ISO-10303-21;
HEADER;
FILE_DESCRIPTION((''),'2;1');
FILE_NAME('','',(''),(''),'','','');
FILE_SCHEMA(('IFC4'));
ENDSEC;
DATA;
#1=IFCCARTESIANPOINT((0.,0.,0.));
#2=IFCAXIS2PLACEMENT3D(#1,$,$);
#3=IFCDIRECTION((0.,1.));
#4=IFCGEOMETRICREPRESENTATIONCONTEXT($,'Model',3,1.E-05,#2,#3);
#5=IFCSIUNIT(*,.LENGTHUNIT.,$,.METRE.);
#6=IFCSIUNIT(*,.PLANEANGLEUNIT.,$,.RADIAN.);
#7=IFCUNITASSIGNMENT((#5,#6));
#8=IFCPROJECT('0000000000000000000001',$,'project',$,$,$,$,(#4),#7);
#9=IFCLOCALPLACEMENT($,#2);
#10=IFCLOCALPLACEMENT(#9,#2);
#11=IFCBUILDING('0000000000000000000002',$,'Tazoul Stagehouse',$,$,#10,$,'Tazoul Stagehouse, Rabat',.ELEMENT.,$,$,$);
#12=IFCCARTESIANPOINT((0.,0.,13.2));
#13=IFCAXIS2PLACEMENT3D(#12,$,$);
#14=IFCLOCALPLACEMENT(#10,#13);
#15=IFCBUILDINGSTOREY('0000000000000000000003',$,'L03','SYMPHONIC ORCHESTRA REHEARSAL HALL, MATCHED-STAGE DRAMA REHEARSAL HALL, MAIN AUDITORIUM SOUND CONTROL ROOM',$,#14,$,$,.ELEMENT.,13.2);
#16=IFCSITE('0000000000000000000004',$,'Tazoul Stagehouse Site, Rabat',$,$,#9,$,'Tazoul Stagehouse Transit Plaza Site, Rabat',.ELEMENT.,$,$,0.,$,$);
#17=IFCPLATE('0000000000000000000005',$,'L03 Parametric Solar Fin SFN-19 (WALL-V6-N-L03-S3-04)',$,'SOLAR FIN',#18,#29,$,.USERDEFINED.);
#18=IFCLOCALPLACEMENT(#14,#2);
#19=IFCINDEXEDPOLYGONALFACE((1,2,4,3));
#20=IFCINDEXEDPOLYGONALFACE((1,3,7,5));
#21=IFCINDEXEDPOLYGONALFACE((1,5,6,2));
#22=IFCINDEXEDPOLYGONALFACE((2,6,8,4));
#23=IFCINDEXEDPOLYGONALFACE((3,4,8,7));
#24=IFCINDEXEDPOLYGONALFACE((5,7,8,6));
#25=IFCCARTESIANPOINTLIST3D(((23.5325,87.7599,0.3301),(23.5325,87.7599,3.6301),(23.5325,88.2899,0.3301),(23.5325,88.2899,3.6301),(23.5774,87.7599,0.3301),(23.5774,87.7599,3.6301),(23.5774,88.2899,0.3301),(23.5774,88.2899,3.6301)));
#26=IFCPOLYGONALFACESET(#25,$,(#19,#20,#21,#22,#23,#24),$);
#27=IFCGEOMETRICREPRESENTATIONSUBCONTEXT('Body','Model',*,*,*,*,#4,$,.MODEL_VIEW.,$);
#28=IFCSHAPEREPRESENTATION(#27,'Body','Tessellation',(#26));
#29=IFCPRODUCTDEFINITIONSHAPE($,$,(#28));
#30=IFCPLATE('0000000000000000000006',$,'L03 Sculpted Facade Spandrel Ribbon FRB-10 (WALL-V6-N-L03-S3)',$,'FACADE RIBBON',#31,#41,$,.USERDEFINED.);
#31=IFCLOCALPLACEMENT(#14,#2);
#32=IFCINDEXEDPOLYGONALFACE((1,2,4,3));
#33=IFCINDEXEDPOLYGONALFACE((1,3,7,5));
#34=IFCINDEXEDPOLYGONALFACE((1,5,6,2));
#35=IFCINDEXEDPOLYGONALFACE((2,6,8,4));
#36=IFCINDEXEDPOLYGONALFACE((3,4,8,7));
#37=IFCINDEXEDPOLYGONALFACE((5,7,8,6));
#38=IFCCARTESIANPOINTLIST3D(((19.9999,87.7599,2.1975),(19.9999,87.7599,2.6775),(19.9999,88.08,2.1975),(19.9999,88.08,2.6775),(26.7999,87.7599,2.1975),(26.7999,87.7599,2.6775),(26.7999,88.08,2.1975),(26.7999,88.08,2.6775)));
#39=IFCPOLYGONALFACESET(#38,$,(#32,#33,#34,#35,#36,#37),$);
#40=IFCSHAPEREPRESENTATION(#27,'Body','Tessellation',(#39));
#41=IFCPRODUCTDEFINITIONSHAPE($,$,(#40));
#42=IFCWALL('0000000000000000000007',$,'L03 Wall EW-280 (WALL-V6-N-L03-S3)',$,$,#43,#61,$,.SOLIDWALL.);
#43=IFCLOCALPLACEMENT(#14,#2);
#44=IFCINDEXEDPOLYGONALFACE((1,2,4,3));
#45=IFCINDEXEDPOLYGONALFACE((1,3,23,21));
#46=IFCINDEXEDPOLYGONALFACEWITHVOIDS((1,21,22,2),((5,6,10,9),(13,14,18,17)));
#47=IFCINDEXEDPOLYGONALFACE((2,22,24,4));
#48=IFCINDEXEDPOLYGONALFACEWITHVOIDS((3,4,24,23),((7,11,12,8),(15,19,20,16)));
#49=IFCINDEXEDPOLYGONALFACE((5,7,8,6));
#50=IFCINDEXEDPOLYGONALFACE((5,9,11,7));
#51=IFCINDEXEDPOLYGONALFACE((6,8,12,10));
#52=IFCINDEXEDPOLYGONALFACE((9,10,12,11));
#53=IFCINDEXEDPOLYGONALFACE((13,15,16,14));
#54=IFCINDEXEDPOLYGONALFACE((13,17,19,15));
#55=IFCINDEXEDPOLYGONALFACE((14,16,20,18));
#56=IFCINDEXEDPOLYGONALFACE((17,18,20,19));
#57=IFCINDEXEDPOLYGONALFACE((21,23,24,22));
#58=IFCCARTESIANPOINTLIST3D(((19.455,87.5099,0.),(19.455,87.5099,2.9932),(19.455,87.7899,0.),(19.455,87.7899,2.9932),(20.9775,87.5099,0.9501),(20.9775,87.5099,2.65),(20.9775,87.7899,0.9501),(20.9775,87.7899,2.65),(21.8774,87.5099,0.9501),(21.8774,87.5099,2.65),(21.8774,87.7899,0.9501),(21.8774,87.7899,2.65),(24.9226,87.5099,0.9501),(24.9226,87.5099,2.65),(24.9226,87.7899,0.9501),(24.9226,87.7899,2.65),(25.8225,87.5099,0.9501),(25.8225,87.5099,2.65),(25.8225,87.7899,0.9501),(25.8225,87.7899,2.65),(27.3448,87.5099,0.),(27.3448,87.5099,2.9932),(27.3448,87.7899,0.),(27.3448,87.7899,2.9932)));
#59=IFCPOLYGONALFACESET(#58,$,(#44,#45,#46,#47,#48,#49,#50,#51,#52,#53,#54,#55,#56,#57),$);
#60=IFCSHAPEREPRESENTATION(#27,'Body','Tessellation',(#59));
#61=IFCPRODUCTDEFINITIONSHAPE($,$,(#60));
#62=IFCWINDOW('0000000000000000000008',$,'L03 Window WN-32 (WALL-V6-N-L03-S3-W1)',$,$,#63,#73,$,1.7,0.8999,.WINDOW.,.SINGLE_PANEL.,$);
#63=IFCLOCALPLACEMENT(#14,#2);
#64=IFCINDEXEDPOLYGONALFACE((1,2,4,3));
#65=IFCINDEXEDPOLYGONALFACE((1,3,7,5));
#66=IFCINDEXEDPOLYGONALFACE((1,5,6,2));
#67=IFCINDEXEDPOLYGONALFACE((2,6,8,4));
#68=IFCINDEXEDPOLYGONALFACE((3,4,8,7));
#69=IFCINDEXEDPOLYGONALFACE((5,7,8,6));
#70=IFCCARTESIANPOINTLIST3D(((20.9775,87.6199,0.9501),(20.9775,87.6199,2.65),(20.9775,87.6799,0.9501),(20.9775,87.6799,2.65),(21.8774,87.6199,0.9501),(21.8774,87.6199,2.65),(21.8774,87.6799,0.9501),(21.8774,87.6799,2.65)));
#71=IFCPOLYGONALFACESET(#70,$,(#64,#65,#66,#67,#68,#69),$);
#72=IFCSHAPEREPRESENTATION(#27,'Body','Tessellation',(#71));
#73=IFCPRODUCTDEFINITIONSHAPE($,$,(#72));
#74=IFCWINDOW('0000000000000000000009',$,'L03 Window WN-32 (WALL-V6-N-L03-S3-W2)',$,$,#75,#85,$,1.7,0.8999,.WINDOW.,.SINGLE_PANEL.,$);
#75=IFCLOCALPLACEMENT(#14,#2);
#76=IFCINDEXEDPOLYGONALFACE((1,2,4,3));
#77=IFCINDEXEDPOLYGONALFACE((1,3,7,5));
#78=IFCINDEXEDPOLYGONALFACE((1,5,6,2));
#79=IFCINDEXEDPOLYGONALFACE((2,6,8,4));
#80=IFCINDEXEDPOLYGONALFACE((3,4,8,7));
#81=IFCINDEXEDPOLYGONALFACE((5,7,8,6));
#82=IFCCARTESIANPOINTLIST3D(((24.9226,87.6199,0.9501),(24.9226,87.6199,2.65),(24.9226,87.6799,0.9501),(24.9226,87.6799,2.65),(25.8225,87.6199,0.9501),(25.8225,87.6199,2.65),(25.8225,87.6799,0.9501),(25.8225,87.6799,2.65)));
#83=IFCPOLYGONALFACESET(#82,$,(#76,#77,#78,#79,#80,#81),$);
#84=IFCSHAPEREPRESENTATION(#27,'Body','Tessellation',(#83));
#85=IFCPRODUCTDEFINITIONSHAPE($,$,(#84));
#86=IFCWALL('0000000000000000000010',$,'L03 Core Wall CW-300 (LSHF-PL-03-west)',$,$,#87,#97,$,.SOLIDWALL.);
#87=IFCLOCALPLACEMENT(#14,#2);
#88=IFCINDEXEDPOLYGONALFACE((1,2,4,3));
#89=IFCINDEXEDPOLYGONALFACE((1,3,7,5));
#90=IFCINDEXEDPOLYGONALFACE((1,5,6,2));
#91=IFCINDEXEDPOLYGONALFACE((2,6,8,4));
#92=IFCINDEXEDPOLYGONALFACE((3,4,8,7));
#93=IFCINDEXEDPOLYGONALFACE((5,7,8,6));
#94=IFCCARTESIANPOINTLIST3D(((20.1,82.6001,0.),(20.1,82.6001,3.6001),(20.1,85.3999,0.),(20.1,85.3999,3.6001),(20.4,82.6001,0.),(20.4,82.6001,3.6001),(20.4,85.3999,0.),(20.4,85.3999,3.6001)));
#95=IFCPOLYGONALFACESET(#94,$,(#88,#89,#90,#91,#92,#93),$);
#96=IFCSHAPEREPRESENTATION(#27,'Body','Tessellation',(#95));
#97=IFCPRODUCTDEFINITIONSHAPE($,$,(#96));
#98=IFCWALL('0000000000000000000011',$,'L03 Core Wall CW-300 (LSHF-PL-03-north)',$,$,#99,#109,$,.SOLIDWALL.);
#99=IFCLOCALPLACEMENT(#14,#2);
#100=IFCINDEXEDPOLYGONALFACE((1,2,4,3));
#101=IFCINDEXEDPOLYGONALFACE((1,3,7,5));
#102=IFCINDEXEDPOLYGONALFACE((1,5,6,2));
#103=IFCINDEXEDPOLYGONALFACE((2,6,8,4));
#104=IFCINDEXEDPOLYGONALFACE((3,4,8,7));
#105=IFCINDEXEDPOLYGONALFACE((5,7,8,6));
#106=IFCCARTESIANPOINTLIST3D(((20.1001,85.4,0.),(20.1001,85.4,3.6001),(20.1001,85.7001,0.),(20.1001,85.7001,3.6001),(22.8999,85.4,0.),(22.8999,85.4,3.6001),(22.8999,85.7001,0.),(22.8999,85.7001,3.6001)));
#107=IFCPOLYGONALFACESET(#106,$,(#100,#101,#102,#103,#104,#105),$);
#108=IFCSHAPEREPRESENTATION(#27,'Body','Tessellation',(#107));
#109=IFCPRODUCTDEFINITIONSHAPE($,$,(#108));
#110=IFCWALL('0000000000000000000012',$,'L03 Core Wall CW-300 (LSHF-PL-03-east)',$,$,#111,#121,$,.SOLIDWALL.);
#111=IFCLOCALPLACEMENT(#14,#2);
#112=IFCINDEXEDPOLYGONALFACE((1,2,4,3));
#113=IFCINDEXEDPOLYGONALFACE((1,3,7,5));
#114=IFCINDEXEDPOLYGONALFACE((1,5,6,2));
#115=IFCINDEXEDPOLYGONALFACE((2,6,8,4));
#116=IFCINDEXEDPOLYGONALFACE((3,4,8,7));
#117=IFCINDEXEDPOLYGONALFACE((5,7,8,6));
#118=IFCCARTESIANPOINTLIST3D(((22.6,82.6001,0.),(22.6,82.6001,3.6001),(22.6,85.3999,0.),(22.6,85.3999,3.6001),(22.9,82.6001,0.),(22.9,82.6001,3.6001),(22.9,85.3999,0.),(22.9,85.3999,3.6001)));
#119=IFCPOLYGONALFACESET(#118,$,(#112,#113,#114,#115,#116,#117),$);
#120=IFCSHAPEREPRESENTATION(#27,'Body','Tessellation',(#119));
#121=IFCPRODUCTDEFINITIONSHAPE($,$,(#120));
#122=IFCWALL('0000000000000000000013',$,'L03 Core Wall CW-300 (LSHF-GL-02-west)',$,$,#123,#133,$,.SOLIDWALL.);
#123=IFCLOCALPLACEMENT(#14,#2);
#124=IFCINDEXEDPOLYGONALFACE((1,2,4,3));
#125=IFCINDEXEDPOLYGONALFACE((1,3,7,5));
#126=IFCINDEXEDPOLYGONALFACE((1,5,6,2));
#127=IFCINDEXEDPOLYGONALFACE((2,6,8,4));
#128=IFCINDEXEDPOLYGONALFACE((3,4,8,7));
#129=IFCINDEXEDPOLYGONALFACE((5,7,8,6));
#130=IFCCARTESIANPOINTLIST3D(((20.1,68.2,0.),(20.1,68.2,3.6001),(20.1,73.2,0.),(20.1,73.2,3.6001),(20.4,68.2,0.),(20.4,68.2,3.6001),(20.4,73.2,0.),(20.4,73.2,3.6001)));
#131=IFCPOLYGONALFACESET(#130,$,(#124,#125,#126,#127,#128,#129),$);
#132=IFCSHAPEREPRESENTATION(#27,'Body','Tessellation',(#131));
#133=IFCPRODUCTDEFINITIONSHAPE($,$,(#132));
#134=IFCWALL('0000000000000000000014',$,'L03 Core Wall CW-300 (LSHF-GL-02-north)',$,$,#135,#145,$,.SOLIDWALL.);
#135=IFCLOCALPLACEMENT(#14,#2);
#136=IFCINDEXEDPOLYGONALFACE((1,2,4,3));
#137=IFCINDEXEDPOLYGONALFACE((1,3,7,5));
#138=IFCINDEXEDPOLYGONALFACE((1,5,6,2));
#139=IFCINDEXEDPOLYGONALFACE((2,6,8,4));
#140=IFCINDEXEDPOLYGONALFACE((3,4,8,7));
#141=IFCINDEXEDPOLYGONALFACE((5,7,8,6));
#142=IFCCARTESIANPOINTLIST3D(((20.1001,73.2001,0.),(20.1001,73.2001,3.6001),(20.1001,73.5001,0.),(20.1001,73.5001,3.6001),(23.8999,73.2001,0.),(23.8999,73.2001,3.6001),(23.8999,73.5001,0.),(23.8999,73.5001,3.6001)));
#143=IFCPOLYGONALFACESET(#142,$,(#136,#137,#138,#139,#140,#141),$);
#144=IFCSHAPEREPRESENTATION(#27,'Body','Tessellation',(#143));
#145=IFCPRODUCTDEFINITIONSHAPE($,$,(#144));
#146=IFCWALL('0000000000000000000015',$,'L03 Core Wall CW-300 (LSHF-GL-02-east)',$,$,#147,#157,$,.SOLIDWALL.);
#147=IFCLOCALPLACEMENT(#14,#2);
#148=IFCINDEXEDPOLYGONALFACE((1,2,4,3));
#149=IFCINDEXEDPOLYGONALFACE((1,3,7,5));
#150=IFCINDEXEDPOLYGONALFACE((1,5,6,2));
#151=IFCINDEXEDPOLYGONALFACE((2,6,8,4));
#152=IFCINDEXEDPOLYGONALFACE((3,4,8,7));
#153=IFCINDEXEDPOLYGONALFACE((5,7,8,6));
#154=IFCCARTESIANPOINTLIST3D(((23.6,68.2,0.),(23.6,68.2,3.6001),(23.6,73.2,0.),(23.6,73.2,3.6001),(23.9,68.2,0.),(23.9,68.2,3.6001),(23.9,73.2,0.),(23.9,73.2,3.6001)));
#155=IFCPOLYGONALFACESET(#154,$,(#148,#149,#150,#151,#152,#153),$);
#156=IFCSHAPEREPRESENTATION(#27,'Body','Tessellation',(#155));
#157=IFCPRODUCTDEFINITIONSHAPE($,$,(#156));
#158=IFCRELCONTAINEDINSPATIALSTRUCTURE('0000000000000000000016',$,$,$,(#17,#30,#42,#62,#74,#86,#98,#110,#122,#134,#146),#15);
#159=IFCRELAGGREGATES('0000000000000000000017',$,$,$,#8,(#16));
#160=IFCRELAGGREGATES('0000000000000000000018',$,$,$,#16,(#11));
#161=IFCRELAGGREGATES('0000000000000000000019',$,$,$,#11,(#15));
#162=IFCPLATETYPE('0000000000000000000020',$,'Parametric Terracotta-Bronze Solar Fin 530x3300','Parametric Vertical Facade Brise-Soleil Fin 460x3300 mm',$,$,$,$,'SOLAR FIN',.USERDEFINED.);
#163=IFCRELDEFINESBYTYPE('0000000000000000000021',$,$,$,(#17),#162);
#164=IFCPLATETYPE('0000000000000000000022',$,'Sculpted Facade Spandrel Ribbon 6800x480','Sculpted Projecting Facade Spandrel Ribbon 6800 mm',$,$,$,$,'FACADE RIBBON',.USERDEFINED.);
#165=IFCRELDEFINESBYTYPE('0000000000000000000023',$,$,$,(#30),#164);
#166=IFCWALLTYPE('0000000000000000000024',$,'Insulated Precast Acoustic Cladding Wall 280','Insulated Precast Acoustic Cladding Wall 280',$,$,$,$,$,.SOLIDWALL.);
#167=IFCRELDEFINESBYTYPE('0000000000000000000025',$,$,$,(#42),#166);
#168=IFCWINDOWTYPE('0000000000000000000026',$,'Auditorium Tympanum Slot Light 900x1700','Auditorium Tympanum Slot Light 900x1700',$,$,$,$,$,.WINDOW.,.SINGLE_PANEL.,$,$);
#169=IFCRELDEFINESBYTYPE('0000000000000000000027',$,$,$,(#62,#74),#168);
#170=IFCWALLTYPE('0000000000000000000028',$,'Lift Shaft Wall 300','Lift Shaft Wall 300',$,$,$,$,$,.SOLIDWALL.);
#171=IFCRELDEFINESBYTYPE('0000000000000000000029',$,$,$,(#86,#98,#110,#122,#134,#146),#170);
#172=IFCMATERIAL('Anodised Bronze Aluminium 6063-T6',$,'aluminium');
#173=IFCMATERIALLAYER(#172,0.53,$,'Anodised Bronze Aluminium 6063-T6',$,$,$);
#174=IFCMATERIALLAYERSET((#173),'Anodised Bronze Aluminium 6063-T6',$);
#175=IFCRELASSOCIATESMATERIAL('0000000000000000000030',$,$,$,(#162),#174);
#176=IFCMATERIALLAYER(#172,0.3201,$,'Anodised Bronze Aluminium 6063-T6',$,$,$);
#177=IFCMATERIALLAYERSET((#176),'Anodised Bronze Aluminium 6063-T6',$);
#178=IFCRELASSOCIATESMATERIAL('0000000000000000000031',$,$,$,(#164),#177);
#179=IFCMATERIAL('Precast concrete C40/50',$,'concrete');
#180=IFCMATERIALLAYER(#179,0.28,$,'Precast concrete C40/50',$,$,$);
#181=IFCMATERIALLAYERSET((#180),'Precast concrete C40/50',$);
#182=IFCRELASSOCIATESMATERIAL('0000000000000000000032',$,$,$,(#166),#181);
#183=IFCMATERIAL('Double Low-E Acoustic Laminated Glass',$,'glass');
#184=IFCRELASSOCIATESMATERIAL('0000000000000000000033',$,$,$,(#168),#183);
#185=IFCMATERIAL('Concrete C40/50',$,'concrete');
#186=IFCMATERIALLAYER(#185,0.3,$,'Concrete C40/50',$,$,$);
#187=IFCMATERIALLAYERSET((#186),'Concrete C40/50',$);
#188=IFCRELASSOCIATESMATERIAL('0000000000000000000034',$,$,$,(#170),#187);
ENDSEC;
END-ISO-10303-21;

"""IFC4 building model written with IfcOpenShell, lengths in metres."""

from ifc_helpers import new_model, si_unit, direction, frame, frame_2d, origin, origin_2d, place, context, subcontext, project, spatial, rectangle, extrude, material, layer, layer_set, type_object, element, fill, save


model = new_model("IFC4")

# Units and contexts
model_context = context("Model", 3, precision=1e-05, world=origin(), true_north=direction((0.0, 1.0)))
body_context = subcontext(model_context, "Body", "Model", "MODEL_VIEW")
ifc_project = project(units=[si_unit("LENGTHUNIT", "METRE"), si_unit("PLANEANGLEUNIT", "RADIAN")], contexts=[model_context])

# Site, building, storey
site_placement = place(None, origin())
site = spatial("IfcSite", under=ifc_project, at=site_placement, Name="Tazoul Stagehouse Site, Rabat", LongName="Tazoul Stagehouse Transit Plaza Site, Rabat", CompositionType="ELEMENT", RefElevation=0.0)
building_placement = place(site_placement, origin())
building = spatial("IfcBuilding", under=site, at=building_placement, Name="Tazoul Stagehouse", LongName="Tazoul Stagehouse, Rabat", CompositionType="ELEMENT")
storey_placement = place(building_placement, frame((0.0, 0.0, 13.2)))
storey = spatial("IfcBuildingStorey", under=building, at=storey_placement, Name="L03", Description="SYMPHONIC ORCHESTRA REHEARSAL HALL, MATCHED-STAGE DRAMA REHEARSAL HALL, MAIN AUDITORIUM SOUND CONTROL ROOM", CompositionType="ELEMENT", Elevation=13.2)

# Shared definitions
ifc_material_1 = material(Name="Concrete C40/50", Category="concrete")

# Plates
ifc_material_2 = material(Name="Anodised Bronze Aluminium 6063-T6", Category="aluminium")
ifc_layer_1 = layer(ifc_material_2, 0.53, Name="Anodised Bronze Aluminium 6063-T6")
ifc_layer_set_1 = layer_set([ifc_layer_1], Name="Anodised Bronze Aluminium 6063-T6")
plate_type_1 = type_object("IfcPlateType", Name="Parametric Terracotta-Bronze Solar Fin 530x3300", Description="Parametric Vertical Facade Brise-Soleil Fin 460x3300 mm", ElementType="SOLAR FIN", PredefinedType="USERDEFINED", material=ifc_layer_set_1)
for number, where, z_axis, x_axis, name in (
    (1, (23.5549, 88.0249, 0.3301), (0.0, 0.0, 1.0), (1.0, 0.0, 0.0), "L03 Parametric Solar Fin SFN-19 (WALL-V6-N-L03-S3-04)"),
):
    element("IfcPlate", number, at=place(storey_placement, frame(where, z_axis=z_axis, x_axis=x_axis)), inside=storey, type_object=plate_type_1, Name=name, ObjectType="SOLAR FIN", PredefinedType="USERDEFINED", context=body_context, shape_type="SweptSolid", body=[
        extrude(rectangle(XDim=0.0449, YDim=0.53, at=origin_2d()), origin(), (0.0, 0.0, 1.0), 3.3),
    ])
ifc_layer_2 = layer(ifc_material_2, 0.3201, Name="Anodised Bronze Aluminium 6063-T6")
ifc_layer_set_2 = layer_set([ifc_layer_2], Name="Anodised Bronze Aluminium 6063-T6")
plate_type_2 = type_object("IfcPlateType", Name="Sculpted Facade Spandrel Ribbon 6800x480", Description="Sculpted Projecting Facade Spandrel Ribbon 6800 mm", ElementType="FACADE RIBBON", PredefinedType="USERDEFINED", material=ifc_layer_set_2)
plate_placement = place(storey_placement, frame((23.3999, 87.9199, 2.1975), z_axis=(0.0, 0.0, 1.0), x_axis=(1.0, 0.0, 0.0)))
element("IfcPlate", 2, at=plate_placement, inside=storey, type_object=plate_type_2, Name="L03 Sculpted Facade Spandrel Ribbon FRB-10 (WALL-V6-N-L03-S3)", ObjectType="FACADE RIBBON", PredefinedType="USERDEFINED", context=body_context, shape_type="SweptSolid", body=[
    extrude(rectangle(XDim=6.8, YDim=0.3201, at=origin_2d()), origin(), (0.0, 0.0, 1.0), 0.48),
])

# Wall, openings, windows
ifc_material_3 = material(Name="Precast concrete C40/50", Category="concrete")
ifc_layer_3 = layer(ifc_material_3, 0.28, Name="Precast concrete C40/50")
ifc_layer_set_3 = layer_set([ifc_layer_3], Name="Precast concrete C40/50")
wall_type_1 = type_object("IfcWallType", Name="Insulated Precast Acoustic Cladding Wall 280", Description="Insulated Precast Acoustic Cladding Wall 280", PredefinedType="SOLIDWALL", material=ifc_layer_set_3)
wall_1_placement = place(storey_placement, frame((19.4551, 87.6499, 0.0), z_axis=(0.0, 0.0, 1.0), x_axis=(1.0, 0.0, 0.0)))
wall_1 = element("IfcWall", 3, at=wall_1_placement, inside=storey, type_object=wall_type_1, Name="L03 Wall EW-280 (WALL-V6-N-L03-S3)", PredefinedType="SOLIDWALL", context=body_context, shape_type="SweptSolid", body=[
    extrude(rectangle(XDim=7.8899, YDim=0.28, at=frame_2d((3.9448, 0.0))), origin(), (0.0, 0.0, 1.0), 2.9932),
])
opening_1_placement = place(wall_1_placement, frame((1.5225, 0.0, 0.95)))
opening_1 = element("IfcOpeningElement", 4, at=opening_1_placement, cuts=wall_1, PredefinedType="OPENING", context=body_context, shape_type="SweptSolid", body=[
    extrude(rectangle(XDim=0.8999, YDim=1.7, at=frame_2d((0.45, 0.8501))), frame((0.0, 0.1599, 0.0), z_axis=(0.0, -1.0, 0.0), x_axis=(1.0, 0.0, 0.0)), (0.0, 0.0, 1.0), 0.3201),
])
opening_2_placement = place(wall_1_placement, frame((5.4675, 0.0, 0.95)))
opening_2 = element("IfcOpeningElement", 5, at=opening_2_placement, cuts=wall_1, PredefinedType="OPENING", context=body_context, shape_type="SweptSolid", body=[
    extrude(rectangle(XDim=0.8999, YDim=1.7, at=frame_2d((0.45, 0.8501))), frame((0.0, 0.1599, 0.0), z_axis=(0.0, -1.0, 0.0), x_axis=(1.0, 0.0, 0.0)), (0.0, 0.0, 1.0), 0.3201),
])
ifc_material_4 = material(Name="Double Low-E Acoustic Laminated Glass", Category="glass")
window_type = type_object("IfcWindowType", Name="Auditorium Tympanum Slot Light 900x1700", Description="Auditorium Tympanum Slot Light 900x1700", PartitioningType="SINGLE_PANEL", PredefinedType="WINDOW", material=ifc_material_4)
window_1_placement = place(opening_1_placement, origin())
window_1 = element("IfcWindow", 6, at=window_1_placement, inside=storey, type_object=window_type, Name="L03 Window WN-32 (WALL-V6-N-L03-S3-W1)", OverallHeight=1.7, OverallWidth=0.8999, PartitioningType="SINGLE_PANEL", PredefinedType="WINDOW", context=body_context, shape_type="SweptSolid", body=[
    extrude(rectangle(XDim=0.8999, YDim=1.7, at=frame_2d((0.45, 0.8501))), frame((0.0, 0.03, 0.0), z_axis=(0.0, -1.0, 0.0), x_axis=(1.0, 0.0, 0.0)), (0.0, 0.0, 1.0), 0.0601),
])
fill(opening_1, window_1)
window_2_placement = place(opening_2_placement, origin())
window_2 = element("IfcWindow", 7, at=window_2_placement, inside=storey, type_object=window_type, Name="L03 Window WN-32 (WALL-V6-N-L03-S3-W2)", OverallHeight=1.7, OverallWidth=0.8999, PartitioningType="SINGLE_PANEL", PredefinedType="WINDOW", context=body_context, shape_type="SweptSolid", body=[
    extrude(rectangle(XDim=0.8999, YDim=1.7, at=frame_2d((0.45, 0.8501))), frame((0.0, 0.03, 0.0), z_axis=(0.0, -1.0, 0.0), x_axis=(1.0, 0.0, 0.0)), (0.0, 0.0, 1.0), 0.0601),
])
fill(opening_2, window_2)

# Shared definitions
ifc_layer_4 = layer(ifc_material_1, 0.3, Name="Concrete C40/50")
ifc_layer_set_4 = layer_set([ifc_layer_4], Name="Concrete C40/50")
wall_type_2 = type_object("IfcWallType", Name="Lift Shaft Wall 300", Description="Lift Shaft Wall 300", PredefinedType="SOLIDWALL", material=ifc_layer_set_4)

# Walls
for number, where, z_axis, x_axis, name in (
    (8, (20.25, 82.6001, 0.0), (0.0, 0.0, 1.0), (0.0, 1.0, 0.0), "L03 Core Wall CW-300 (LSHF-PL-03-west)"),
    (9, (20.1001, 85.55, 0.0), (0.0, 0.0, 1.0), (1.0, 0.0, 0.0), "L03 Core Wall CW-300 (LSHF-PL-03-north)"),
    (10, (22.75, 85.3999, 0.0), (0.0, 0.0, 1.0), (0.0, -1.0, 0.0), "L03 Core Wall CW-300 (LSHF-PL-03-east)"),
):
    element("IfcWall", number, at=place(storey_placement, frame(where, z_axis=z_axis, x_axis=x_axis)), inside=storey, type_object=wall_type_2, Name=name, PredefinedType="SOLIDWALL", context=body_context, shape_type="SweptSolid", body=[
        extrude(rectangle(XDim=2.7998, YDim=0.3, at=frame_2d((1.3999, 0.0))), origin(), (0.0, 0.0, 1.0), 3.6001),
    ])

# Walls
wall_2_placement = place(storey_placement, frame((20.25, 68.2, 0.0), z_axis=(0.0, 0.0, 1.0), x_axis=(0.0, 1.0, 0.0)))
element("IfcWall", 11, at=wall_2_placement, inside=storey, type_object=wall_type_2, Name="L03 Core Wall CW-300 (LSHF-GL-02-west)", PredefinedType="SOLIDWALL", context=body_context, shape_type="SweptSolid", body=[
    extrude(rectangle(XDim=5.0, YDim=0.3, at=frame_2d((2.5, 0.0))), origin(), (0.0, 0.0, 1.0), 3.6001),
])
wall_3_placement = place(storey_placement, frame((20.1001, 73.3501, 0.0), z_axis=(0.0, 0.0, 1.0), x_axis=(1.0, 0.0, 0.0)))
element("IfcWall", 12, at=wall_3_placement, inside=storey, type_object=wall_type_2, Name="L03 Core Wall CW-300 (LSHF-GL-02-north)", PredefinedType="SOLIDWALL", context=body_context, shape_type="SweptSolid", body=[
    extrude(rectangle(XDim=3.7998, YDim=0.3, at=frame_2d((1.8999, 0.0))), origin(), (0.0, 0.0, 1.0), 3.6001),
])
wall_4_placement = place(storey_placement, frame((23.75, 73.2, 0.0), z_axis=(0.0, 0.0, 1.0), x_axis=(0.0, -1.0, 0.0)))
element("IfcWall", 13, at=wall_4_placement, inside=storey, type_object=wall_type_2, Name="L03 Core Wall CW-300 (LSHF-GL-02-east)", PredefinedType="SOLIDWALL", context=body_context, shape_type="SweptSolid", body=[
    extrude(rectangle(XDim=5.0, YDim=0.3, at=frame_2d((2.5, 0.0))), origin(), (0.0, 0.0, 1.0), 3.6001),
])

save(model, "model.ifc")
